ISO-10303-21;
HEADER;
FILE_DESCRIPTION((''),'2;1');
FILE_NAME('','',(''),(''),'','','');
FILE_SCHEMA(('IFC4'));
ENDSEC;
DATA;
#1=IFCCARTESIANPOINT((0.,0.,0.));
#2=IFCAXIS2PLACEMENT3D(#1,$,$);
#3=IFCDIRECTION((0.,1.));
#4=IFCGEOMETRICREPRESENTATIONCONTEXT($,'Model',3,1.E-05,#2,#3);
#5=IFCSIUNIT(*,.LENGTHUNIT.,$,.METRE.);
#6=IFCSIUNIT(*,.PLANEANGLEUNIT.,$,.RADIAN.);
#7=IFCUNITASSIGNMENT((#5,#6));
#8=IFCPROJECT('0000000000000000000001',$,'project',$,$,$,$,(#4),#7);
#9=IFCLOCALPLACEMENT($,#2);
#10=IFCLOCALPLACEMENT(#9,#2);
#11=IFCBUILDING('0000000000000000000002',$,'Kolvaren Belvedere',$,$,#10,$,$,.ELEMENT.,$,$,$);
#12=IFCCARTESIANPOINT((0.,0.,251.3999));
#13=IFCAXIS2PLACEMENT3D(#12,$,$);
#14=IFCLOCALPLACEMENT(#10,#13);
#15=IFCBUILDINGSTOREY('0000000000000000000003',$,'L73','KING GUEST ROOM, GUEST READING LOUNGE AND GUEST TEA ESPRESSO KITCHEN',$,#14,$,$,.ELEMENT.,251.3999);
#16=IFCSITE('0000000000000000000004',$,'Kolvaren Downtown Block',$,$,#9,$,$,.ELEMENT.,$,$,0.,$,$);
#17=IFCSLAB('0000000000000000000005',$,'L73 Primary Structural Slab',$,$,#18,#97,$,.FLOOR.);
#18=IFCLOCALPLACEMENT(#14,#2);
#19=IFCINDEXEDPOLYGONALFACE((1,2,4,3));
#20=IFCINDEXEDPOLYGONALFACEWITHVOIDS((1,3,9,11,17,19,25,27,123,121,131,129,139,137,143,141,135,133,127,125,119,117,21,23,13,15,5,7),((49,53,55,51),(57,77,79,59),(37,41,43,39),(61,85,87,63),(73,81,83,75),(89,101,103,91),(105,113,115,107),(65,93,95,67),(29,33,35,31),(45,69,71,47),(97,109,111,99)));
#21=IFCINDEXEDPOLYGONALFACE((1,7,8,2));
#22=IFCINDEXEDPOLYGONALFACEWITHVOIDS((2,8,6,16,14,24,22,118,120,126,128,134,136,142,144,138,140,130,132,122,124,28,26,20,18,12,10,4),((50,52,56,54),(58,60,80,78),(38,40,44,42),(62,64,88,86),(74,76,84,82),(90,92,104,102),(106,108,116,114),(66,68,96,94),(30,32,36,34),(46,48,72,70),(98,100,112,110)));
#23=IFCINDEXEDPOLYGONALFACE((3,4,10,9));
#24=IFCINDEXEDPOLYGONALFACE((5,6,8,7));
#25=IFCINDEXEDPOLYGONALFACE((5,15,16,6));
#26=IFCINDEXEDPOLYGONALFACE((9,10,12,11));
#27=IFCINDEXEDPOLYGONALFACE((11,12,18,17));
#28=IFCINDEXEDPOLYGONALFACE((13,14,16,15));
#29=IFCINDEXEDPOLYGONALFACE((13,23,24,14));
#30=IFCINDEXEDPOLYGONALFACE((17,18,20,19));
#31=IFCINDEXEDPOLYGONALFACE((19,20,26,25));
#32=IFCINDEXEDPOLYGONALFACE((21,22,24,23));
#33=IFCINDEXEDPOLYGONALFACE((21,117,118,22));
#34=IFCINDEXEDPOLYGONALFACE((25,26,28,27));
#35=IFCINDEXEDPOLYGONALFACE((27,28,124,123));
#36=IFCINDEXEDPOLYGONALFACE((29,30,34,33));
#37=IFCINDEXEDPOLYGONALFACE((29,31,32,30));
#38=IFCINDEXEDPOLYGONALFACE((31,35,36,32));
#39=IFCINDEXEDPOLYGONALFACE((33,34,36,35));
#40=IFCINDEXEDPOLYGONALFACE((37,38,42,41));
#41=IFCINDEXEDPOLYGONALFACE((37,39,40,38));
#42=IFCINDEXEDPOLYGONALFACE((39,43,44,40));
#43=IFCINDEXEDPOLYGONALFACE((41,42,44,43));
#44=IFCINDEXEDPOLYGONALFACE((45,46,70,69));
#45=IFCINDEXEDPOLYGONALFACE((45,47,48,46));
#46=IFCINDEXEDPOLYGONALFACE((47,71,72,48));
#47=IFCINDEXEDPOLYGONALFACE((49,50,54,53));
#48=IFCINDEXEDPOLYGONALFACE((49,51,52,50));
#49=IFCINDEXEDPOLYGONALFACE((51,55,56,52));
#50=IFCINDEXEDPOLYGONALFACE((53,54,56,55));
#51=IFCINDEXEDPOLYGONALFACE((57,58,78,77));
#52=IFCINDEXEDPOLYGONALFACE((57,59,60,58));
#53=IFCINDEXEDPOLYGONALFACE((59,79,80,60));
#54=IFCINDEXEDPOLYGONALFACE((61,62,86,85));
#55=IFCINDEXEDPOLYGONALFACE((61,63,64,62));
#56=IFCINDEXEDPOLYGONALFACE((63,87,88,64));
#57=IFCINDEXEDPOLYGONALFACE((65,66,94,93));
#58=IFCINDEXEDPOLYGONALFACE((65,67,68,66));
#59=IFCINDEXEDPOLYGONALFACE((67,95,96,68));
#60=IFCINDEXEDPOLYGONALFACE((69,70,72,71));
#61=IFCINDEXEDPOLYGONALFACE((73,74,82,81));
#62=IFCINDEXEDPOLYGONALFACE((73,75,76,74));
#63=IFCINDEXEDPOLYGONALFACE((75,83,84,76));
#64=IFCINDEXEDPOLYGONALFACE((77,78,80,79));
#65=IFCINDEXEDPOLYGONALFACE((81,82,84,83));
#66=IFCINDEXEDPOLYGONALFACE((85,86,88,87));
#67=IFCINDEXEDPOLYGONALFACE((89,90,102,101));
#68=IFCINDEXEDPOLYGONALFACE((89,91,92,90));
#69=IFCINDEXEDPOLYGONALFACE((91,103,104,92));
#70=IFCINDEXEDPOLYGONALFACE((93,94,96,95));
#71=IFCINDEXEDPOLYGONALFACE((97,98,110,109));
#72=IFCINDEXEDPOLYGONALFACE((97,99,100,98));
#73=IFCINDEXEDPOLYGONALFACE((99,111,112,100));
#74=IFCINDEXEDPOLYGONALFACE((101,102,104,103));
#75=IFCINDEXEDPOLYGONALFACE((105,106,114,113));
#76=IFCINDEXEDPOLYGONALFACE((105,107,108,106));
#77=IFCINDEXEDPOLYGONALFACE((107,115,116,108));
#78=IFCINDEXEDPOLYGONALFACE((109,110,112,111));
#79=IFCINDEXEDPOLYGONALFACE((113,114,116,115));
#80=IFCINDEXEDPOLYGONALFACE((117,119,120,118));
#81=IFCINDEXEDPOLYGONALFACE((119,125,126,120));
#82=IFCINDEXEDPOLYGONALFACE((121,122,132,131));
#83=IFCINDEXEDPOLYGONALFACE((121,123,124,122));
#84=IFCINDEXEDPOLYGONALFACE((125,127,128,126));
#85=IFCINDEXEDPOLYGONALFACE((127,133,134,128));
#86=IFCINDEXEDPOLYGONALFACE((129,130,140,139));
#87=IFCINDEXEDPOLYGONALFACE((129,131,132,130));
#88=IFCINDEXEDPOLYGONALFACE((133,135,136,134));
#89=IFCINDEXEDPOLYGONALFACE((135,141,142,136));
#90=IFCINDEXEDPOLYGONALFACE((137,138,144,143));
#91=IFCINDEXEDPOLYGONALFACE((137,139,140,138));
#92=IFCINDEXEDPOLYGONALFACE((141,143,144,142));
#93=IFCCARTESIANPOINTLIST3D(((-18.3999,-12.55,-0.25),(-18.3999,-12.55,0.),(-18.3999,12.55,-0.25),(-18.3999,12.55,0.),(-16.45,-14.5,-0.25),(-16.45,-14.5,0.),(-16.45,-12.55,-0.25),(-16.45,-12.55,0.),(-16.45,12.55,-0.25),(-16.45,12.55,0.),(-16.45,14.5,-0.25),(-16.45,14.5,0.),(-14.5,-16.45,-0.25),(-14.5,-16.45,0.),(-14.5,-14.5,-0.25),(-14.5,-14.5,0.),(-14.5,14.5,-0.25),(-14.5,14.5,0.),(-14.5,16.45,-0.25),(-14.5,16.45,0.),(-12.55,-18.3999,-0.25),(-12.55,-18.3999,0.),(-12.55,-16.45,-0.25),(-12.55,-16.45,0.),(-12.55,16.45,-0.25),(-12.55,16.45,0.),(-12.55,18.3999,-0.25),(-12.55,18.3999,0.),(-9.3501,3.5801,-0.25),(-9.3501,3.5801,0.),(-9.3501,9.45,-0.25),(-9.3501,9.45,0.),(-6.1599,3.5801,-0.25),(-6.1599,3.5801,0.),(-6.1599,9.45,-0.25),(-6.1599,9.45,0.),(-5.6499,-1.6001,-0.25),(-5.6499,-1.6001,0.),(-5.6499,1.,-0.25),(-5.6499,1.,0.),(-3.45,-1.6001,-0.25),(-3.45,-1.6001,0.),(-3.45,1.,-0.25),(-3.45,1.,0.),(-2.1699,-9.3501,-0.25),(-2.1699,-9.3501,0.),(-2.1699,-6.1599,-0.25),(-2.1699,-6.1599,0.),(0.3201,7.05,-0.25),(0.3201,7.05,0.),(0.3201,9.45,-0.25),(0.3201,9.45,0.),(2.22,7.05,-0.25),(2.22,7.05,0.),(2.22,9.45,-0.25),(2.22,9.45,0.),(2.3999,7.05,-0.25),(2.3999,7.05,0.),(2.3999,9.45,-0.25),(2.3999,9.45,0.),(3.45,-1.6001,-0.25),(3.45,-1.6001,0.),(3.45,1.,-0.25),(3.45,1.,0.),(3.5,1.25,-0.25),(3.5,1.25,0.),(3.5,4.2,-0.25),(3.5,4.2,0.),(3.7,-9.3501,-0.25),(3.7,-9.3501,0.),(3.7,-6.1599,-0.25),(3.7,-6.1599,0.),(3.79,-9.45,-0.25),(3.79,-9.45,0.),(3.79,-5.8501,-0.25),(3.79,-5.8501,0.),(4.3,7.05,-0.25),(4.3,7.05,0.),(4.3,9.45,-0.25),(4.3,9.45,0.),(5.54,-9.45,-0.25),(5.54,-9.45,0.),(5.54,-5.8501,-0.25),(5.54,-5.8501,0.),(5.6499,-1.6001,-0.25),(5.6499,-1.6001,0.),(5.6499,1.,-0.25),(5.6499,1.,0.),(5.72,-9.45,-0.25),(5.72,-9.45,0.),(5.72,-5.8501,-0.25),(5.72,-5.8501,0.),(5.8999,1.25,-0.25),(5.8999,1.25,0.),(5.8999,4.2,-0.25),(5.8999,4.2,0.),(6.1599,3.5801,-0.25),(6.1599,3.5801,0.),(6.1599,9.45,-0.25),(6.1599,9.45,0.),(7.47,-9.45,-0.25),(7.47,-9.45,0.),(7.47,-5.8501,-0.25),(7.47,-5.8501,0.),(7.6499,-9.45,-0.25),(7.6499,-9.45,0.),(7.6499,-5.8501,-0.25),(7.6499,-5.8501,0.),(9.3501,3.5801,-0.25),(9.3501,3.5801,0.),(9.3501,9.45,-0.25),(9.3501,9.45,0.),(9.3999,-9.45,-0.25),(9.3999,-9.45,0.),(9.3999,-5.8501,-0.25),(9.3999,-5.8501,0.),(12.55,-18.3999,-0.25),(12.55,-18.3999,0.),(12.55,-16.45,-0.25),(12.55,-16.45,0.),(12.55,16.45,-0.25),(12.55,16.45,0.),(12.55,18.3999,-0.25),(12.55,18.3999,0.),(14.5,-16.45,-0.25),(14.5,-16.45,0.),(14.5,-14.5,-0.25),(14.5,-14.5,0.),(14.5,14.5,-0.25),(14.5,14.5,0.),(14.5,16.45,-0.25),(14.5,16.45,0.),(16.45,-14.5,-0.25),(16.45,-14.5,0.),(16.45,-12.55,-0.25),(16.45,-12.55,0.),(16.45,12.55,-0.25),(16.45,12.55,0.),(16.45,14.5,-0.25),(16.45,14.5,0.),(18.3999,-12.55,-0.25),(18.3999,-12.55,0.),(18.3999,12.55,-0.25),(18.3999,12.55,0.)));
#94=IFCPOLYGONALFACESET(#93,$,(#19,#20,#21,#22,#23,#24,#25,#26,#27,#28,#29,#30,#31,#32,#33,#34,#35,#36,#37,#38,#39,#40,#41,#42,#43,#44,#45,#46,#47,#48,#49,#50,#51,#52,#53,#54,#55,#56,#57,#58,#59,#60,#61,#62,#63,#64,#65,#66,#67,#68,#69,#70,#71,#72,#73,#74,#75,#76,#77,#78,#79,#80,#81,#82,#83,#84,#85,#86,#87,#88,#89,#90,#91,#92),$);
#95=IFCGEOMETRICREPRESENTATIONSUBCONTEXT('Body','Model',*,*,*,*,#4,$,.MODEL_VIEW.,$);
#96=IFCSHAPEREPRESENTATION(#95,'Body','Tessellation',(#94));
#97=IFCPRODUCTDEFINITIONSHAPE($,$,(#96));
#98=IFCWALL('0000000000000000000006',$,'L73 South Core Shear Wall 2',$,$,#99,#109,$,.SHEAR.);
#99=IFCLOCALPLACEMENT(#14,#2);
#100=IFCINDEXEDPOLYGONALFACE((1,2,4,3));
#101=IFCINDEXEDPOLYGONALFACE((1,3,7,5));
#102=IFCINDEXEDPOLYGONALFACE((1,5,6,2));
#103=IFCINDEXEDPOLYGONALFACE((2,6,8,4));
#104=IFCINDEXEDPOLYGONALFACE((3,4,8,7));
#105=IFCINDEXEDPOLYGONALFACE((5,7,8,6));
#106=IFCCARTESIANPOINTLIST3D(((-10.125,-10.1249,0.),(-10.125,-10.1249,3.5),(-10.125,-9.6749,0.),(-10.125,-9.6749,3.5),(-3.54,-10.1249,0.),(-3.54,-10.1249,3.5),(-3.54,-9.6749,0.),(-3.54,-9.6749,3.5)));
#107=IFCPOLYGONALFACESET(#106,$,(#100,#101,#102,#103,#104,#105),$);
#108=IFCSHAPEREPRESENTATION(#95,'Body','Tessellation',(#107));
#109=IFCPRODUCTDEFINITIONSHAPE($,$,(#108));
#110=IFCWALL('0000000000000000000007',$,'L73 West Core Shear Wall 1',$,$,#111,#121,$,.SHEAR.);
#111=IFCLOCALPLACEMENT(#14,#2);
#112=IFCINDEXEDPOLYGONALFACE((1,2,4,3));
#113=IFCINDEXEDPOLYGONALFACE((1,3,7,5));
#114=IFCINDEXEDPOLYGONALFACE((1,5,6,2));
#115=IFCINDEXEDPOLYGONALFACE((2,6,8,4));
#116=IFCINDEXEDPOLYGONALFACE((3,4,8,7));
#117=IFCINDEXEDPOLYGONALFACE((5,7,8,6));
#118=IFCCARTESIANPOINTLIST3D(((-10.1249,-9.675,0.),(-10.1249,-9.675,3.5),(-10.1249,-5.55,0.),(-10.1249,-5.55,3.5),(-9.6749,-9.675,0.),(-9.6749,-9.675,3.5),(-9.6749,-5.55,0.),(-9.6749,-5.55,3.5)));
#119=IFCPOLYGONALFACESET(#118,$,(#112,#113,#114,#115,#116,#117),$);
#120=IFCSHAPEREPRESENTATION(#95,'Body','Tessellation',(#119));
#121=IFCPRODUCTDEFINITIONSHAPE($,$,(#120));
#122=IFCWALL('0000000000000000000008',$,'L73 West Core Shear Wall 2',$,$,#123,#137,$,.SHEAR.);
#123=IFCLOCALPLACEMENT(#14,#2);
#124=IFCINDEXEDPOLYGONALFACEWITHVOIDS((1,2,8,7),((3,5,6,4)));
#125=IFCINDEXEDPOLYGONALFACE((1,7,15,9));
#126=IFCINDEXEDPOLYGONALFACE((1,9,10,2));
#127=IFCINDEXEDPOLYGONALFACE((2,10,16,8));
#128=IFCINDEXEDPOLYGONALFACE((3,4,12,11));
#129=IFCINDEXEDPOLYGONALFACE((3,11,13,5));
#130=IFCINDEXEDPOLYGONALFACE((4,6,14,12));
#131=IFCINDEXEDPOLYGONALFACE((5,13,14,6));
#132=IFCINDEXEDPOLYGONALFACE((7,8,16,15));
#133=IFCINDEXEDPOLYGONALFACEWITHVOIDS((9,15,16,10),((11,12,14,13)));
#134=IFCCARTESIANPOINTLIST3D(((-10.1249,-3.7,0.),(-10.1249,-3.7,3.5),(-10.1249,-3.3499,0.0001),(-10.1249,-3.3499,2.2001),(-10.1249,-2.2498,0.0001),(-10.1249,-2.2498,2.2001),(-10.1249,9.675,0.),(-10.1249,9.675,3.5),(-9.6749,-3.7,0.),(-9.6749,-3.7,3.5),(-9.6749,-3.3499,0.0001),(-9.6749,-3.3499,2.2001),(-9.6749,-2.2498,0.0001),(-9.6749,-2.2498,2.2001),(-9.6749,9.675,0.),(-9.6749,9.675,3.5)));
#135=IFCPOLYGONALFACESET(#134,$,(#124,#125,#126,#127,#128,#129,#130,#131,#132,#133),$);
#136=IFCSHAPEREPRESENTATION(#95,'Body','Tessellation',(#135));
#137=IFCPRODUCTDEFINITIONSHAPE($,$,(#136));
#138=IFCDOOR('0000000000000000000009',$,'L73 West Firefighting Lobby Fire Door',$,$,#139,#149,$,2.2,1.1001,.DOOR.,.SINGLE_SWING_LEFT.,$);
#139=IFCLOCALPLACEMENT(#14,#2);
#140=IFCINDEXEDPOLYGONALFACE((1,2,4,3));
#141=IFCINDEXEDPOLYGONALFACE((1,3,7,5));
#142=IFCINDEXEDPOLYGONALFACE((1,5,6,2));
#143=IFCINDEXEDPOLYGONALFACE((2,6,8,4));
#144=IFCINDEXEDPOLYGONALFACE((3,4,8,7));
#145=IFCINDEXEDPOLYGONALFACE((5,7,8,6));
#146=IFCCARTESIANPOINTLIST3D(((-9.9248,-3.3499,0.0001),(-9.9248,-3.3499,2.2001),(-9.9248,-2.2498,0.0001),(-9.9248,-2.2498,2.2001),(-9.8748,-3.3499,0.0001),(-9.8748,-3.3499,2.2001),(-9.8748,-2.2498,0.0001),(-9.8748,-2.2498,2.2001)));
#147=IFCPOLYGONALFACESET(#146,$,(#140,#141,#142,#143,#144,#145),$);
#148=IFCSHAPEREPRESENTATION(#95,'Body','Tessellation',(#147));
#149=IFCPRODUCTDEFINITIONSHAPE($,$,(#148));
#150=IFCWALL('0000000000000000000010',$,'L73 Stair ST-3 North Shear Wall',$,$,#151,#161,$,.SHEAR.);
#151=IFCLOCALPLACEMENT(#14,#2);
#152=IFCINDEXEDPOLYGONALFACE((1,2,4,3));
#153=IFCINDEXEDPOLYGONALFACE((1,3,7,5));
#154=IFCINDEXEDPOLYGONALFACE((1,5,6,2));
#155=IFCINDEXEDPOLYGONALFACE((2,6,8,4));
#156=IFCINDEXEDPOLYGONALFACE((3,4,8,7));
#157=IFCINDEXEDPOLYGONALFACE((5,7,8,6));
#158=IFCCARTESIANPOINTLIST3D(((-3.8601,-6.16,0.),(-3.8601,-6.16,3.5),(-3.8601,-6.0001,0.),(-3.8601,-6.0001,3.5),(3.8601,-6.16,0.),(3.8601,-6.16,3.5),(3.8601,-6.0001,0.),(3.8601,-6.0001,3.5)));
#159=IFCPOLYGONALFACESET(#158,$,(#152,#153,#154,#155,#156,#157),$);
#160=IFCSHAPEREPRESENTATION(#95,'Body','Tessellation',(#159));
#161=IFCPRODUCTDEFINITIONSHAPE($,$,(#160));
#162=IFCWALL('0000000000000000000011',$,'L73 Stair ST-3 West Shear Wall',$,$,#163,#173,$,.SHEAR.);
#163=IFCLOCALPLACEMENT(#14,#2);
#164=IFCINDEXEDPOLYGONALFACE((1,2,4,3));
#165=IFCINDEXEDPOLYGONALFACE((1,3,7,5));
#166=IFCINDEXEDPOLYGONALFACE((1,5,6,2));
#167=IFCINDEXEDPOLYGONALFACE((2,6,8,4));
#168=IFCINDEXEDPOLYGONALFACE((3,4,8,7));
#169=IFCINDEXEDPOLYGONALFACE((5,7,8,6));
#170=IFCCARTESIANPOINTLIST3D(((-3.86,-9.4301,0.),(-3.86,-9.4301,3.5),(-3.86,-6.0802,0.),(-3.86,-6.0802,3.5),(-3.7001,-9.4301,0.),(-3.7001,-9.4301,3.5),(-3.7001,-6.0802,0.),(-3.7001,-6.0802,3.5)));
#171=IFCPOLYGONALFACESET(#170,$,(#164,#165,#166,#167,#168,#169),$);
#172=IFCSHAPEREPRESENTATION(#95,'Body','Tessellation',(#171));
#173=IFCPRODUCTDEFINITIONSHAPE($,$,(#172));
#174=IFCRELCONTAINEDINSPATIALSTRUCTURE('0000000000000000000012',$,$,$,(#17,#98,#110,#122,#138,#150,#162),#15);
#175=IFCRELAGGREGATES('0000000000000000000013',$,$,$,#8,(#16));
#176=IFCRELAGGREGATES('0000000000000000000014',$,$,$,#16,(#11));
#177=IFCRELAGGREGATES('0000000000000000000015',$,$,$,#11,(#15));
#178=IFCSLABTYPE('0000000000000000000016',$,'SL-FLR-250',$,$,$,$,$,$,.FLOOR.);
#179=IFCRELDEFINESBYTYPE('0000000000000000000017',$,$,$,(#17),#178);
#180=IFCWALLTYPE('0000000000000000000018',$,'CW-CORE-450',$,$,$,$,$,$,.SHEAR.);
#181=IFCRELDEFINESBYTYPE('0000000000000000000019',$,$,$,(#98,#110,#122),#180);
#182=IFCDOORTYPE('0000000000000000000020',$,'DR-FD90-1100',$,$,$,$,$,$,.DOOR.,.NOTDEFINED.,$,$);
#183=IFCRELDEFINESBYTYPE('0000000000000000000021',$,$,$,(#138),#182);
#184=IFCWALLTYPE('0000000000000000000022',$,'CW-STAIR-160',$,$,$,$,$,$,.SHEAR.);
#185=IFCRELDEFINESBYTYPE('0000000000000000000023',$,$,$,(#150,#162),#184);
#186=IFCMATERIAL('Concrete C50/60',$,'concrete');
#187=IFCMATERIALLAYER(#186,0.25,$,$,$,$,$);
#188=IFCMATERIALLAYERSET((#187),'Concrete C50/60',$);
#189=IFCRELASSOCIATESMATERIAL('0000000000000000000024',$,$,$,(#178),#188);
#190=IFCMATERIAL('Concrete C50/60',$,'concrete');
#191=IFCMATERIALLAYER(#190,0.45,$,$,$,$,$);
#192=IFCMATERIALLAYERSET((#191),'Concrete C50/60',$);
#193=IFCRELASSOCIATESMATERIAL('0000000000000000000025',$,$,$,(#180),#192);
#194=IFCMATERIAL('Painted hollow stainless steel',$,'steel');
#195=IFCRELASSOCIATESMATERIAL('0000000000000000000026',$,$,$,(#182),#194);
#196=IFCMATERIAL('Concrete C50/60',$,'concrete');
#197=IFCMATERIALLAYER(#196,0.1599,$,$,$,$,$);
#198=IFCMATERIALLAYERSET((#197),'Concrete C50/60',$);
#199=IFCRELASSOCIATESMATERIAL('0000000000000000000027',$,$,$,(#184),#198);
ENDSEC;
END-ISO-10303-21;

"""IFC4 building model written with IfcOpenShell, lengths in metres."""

from ifc_helpers import new_model, si_unit, direction, frame, frame_2d, origin, place, context, subcontext, project, spatial, polyline, rectangle, outline, extrude, material, layer, layer_set, type_object, element, fill, save


model = new_model("IFC4")

# Units and contexts
model_context = context("Model", 3, precision=1e-05, world=origin(), true_north=direction((0.0, 1.0)))
body_context = subcontext(model_context, "Body", "Model", "MODEL_VIEW")
ifc_project = project(units=[si_unit("LENGTHUNIT", "METRE"), si_unit("PLANEANGLEUNIT", "RADIAN")], contexts=[model_context])

# Site, building, storey
site_placement = place(None, origin())
site = spatial("IfcSite", under=ifc_project, at=site_placement, Name="Kolvaren Downtown Block", CompositionType="ELEMENT", RefElevation=0.0)
building_placement = place(site_placement, origin())
building = spatial("IfcBuilding", under=site, at=building_placement, Name="Kolvaren Belvedere", CompositionType="ELEMENT")
storey_placement = place(building_placement, frame((0.0, 0.0, 251.3999)))
storey = spatial("IfcBuildingStorey", under=building, at=storey_placement, Name="L73", Description="KING GUEST ROOM, GUEST READING LOUNGE AND GUEST TEA ESPRESSO KITCHEN", CompositionType="ELEMENT", Elevation=251.3999)

# Slab
ifc_material_1 = material(Name="Concrete C50/60", Category="concrete")
ifc_layer_1 = layer(ifc_material_1, 0.25)
ifc_layer_set_1 = layer_set([ifc_layer_1], Name="Concrete C50/60")
slab_type = type_object("IfcSlabType", Name="SL-FLR-250", PredefinedType="FLOOR", material=ifc_layer_set_1)
slab_placement = place(storey_placement, frame((0.0, 0.0, -0.25)))
element("IfcSlab", 1, at=slab_placement, inside=storey, type_object=slab_type, Name="L73 Primary Structural Slab", PredefinedType="FLOOR", context=body_context, shape_type="SweptSolid", body=[
    extrude(outline(polyline([(-12.55, -18.3999), (12.55, -18.3999), (12.55, -16.45), (14.5, -16.45), (14.5, -14.5), (16.45, -14.5), (16.45, -12.55), (18.3999, -12.55), (18.3999, 12.55), (16.45, 12.55), (16.45, 14.5), (14.5, 14.5), (14.5, 16.45), (12.55, 16.45), (12.55, 18.3999), (-12.55, 18.3999), (-12.55, 16.45), (-14.5, 16.45), (-14.5, 14.5), (-16.45, 14.5), (-16.45, 12.55), (-18.3999, 12.55), (-18.3999, -12.55), (-16.45, -12.55), (-16.45, -14.5), (-14.5, -14.5), (-14.5, -16.45), (-12.55, -16.45), (-12.55, -18.3999)]), holes=[polyline([(-9.3501, 3.5801), (-6.1599, 3.5801), (-6.1599, 9.45), (-9.3501, 9.45), (-9.3501, 3.5801)]), polyline([(6.1599, 3.5801), (9.3501, 3.5801), (9.3501, 9.45), (6.1599, 9.45), (6.1599, 3.5801)]), polyline([(-2.1699, -9.3501), (3.7, -9.3501), (3.7, -6.1599), (-2.1699, -6.1599), (-2.1699, -9.3501)]), polyline([(-5.6499, -1.6001), (-3.45, -1.6001), (-3.45, 1.0), (-5.6499, 1.0), (-5.6499, -1.6001)]), polyline([(3.5, 1.25), (5.8999, 1.25), (5.8999, 4.2), (3.5, 4.2), (3.5, 1.25)]), polyline([(3.45, -1.6001), (5.6499, -1.6001), (5.6499, 1.0), (3.45, 1.0), (3.45, -1.6001)]), polyline([(3.79, -9.45), (5.54, -9.45), (5.54, -5.8501), (3.79, -5.8501), (3.79, -9.45)]), polyline([(5.72, -9.45), (7.47, -9.45), (7.47, -5.8501), (5.72, -5.8501), (5.72, -9.45)]), polyline([(7.6499, -9.45), (9.3999, -9.45), (9.3999, -5.8501), (7.6499, -5.8501), (7.6499, -9.45)]), polyline([(0.3201, 7.05), (2.22, 7.05), (2.22, 9.45), (0.3201, 9.45), (0.3201, 7.05)]), polyline([(2.3999, 7.05), (4.3, 7.05), (4.3, 9.45), (2.3999, 9.45), (2.3999, 7.05)])]), origin(), (0.0, 0.0, 1.0), 0.25),
])

# Walls
ifc_material_2 = material(Name="Concrete C50/60", Category="concrete")
ifc_layer_2 = layer(ifc_material_2, 0.45)
ifc_layer_set_2 = layer_set([ifc_layer_2], Name="Concrete C50/60")
wall_type_1 = type_object("IfcWallType", Name="CW-CORE-450", PredefinedType="SHEAR", material=ifc_layer_set_2)
wall_1_placement = place(storey_placement, frame((-3.54, -9.8999, 0.0), z_axis=(0.0, 0.0, 1.0), x_axis=(-1.0, 0.0, 0.0)))
element("IfcWall", 2, at=wall_1_placement, inside=storey, type_object=wall_type_1, Name="L73 South Core Shear Wall 2", PredefinedType="SHEAR", context=body_context, shape_type="SweptSolid", body=[
    extrude(rectangle(XDim=6.585, YDim=0.45, at=frame_2d((3.2925, 0.0))), origin(), (0.0, 0.0, 1.0), 3.5),
])
wall_2_placement = place(storey_placement, frame((-9.8999, -9.675, 0.0), z_axis=(0.0, 0.0, 1.0), x_axis=(0.0, 1.0, 0.0)))
element("IfcWall", 3, at=wall_2_placement, inside=storey, type_object=wall_type_1, Name="L73 West Core Shear Wall 1", PredefinedType="SHEAR", context=body_context, shape_type="SweptSolid", body=[
    extrude(rectangle(XDim=4.125, YDim=0.45, at=frame_2d((2.0625, 0.0))), origin(), (0.0, 0.0, 1.0), 3.5),
])

# Wall, opening, door
wall_3_placement = place(storey_placement, frame((-9.8999, -3.7, 0.0), z_axis=(0.0, 0.0, 1.0), x_axis=(0.0, 1.0, 0.0)))
wall_3 = element("IfcWall", 4, at=wall_3_placement, inside=storey, type_object=wall_type_1, Name="L73 West Core Shear Wall 2", PredefinedType="SHEAR", context=body_context, shape_type="SweptSolid", body=[
    extrude(rectangle(XDim=13.375, YDim=0.45, at=frame_2d((6.6875, 0.0))), origin(), (0.0, 0.0, 1.0), 3.5),
])
opening_1_placement = place(wall_3_placement, frame((0.3501, 0.0, 0.0)))
opening_1 = element("IfcOpeningElement", 5, at=opening_1_placement, cuts=wall_3, PredefinedType="OPENING", context=body_context, shape_type="SweptSolid", body=[
    extrude(rectangle(XDim=1.1001, YDim=2.2, at=frame_2d((0.55, 1.1001))), frame((0.0, 0.2349, 0.0), z_axis=(0.0, -1.0, 0.0), x_axis=(1.0, 0.0, 0.0)), (0.0, 0.0, 1.0), 0.47),
])
ifc_material_3 = material(Name="Painted hollow stainless steel", Category="steel")
door_type_1 = type_object("IfcDoorType", Name="DR-FD90-1100", OperationType="NOTDEFINED", PredefinedType="DOOR", material=ifc_material_3)
door_1_placement = place(opening_1_placement, origin())
door_1 = element("IfcDoor", 6, at=door_1_placement, inside=storey, type_object=door_type_1, Name="L73 West Firefighting Lobby Fire Door", OperationType="SINGLE_SWING_LEFT", OverallHeight=2.2, OverallWidth=1.1001, PredefinedType="DOOR", context=body_context, shape_type="SweptSolid", body=[
    extrude(rectangle(XDim=1.1001, YDim=2.2, at=frame_2d((0.55, 1.1001))), frame((0.0, 0.0249, 0.0), z_axis=(0.0, -1.0, 0.0), x_axis=(1.0, 0.0, 0.0)), (0.0, 0.0, 1.0), 0.05),
])
fill(opening_1, door_1)

# Walls
ifc_material_4 = material(Name="Concrete C50/60", Category="concrete")
ifc_layer_3 = layer(ifc_material_4, 0.1599)
ifc_layer_set_3 = layer_set([ifc_layer_3], Name="Concrete C50/60")
wall_type_2 = type_object("IfcWallType", Name="CW-STAIR-160", PredefinedType="SHEAR", material=ifc_layer_set_3)
wall_4_placement = place(storey_placement, frame((-3.8601, -6.0801, 0.0), z_axis=(0.0, 0.0, 1.0), x_axis=(1.0, 0.0, 0.0)))
element("IfcWall", 7, at=wall_4_placement, inside=storey, type_object=wall_type_2, Name="L73 Stair ST-3 North Shear Wall", PredefinedType="SHEAR", context=body_context, shape_type="SweptSolid", body=[
    extrude(rectangle(XDim=7.7202, YDim=0.1599, at=frame_2d((3.8601, 0.0))), origin(), (0.0, 0.0, 1.0), 3.5),
])
wall_5_placement = place(storey_placement, frame((-3.78, -9.4299, 0.0), z_axis=(0.0, 0.0, 1.0), x_axis=(0.0, 1.0, 0.0)))
element("IfcWall", 8, at=wall_5_placement, inside=storey, type_object=wall_type_2, Name="L73 Stair ST-3 West Shear Wall", PredefinedType="SHEAR", context=body_context, shape_type="SweptSolid", body=[
    extrude(rectangle(XDim=3.3499, YDim=0.1599, at=frame_2d((1.6748, 0.0))), origin(), (0.0, 0.0, 1.0), 3.5),
])

save(model, "model.ifc")
